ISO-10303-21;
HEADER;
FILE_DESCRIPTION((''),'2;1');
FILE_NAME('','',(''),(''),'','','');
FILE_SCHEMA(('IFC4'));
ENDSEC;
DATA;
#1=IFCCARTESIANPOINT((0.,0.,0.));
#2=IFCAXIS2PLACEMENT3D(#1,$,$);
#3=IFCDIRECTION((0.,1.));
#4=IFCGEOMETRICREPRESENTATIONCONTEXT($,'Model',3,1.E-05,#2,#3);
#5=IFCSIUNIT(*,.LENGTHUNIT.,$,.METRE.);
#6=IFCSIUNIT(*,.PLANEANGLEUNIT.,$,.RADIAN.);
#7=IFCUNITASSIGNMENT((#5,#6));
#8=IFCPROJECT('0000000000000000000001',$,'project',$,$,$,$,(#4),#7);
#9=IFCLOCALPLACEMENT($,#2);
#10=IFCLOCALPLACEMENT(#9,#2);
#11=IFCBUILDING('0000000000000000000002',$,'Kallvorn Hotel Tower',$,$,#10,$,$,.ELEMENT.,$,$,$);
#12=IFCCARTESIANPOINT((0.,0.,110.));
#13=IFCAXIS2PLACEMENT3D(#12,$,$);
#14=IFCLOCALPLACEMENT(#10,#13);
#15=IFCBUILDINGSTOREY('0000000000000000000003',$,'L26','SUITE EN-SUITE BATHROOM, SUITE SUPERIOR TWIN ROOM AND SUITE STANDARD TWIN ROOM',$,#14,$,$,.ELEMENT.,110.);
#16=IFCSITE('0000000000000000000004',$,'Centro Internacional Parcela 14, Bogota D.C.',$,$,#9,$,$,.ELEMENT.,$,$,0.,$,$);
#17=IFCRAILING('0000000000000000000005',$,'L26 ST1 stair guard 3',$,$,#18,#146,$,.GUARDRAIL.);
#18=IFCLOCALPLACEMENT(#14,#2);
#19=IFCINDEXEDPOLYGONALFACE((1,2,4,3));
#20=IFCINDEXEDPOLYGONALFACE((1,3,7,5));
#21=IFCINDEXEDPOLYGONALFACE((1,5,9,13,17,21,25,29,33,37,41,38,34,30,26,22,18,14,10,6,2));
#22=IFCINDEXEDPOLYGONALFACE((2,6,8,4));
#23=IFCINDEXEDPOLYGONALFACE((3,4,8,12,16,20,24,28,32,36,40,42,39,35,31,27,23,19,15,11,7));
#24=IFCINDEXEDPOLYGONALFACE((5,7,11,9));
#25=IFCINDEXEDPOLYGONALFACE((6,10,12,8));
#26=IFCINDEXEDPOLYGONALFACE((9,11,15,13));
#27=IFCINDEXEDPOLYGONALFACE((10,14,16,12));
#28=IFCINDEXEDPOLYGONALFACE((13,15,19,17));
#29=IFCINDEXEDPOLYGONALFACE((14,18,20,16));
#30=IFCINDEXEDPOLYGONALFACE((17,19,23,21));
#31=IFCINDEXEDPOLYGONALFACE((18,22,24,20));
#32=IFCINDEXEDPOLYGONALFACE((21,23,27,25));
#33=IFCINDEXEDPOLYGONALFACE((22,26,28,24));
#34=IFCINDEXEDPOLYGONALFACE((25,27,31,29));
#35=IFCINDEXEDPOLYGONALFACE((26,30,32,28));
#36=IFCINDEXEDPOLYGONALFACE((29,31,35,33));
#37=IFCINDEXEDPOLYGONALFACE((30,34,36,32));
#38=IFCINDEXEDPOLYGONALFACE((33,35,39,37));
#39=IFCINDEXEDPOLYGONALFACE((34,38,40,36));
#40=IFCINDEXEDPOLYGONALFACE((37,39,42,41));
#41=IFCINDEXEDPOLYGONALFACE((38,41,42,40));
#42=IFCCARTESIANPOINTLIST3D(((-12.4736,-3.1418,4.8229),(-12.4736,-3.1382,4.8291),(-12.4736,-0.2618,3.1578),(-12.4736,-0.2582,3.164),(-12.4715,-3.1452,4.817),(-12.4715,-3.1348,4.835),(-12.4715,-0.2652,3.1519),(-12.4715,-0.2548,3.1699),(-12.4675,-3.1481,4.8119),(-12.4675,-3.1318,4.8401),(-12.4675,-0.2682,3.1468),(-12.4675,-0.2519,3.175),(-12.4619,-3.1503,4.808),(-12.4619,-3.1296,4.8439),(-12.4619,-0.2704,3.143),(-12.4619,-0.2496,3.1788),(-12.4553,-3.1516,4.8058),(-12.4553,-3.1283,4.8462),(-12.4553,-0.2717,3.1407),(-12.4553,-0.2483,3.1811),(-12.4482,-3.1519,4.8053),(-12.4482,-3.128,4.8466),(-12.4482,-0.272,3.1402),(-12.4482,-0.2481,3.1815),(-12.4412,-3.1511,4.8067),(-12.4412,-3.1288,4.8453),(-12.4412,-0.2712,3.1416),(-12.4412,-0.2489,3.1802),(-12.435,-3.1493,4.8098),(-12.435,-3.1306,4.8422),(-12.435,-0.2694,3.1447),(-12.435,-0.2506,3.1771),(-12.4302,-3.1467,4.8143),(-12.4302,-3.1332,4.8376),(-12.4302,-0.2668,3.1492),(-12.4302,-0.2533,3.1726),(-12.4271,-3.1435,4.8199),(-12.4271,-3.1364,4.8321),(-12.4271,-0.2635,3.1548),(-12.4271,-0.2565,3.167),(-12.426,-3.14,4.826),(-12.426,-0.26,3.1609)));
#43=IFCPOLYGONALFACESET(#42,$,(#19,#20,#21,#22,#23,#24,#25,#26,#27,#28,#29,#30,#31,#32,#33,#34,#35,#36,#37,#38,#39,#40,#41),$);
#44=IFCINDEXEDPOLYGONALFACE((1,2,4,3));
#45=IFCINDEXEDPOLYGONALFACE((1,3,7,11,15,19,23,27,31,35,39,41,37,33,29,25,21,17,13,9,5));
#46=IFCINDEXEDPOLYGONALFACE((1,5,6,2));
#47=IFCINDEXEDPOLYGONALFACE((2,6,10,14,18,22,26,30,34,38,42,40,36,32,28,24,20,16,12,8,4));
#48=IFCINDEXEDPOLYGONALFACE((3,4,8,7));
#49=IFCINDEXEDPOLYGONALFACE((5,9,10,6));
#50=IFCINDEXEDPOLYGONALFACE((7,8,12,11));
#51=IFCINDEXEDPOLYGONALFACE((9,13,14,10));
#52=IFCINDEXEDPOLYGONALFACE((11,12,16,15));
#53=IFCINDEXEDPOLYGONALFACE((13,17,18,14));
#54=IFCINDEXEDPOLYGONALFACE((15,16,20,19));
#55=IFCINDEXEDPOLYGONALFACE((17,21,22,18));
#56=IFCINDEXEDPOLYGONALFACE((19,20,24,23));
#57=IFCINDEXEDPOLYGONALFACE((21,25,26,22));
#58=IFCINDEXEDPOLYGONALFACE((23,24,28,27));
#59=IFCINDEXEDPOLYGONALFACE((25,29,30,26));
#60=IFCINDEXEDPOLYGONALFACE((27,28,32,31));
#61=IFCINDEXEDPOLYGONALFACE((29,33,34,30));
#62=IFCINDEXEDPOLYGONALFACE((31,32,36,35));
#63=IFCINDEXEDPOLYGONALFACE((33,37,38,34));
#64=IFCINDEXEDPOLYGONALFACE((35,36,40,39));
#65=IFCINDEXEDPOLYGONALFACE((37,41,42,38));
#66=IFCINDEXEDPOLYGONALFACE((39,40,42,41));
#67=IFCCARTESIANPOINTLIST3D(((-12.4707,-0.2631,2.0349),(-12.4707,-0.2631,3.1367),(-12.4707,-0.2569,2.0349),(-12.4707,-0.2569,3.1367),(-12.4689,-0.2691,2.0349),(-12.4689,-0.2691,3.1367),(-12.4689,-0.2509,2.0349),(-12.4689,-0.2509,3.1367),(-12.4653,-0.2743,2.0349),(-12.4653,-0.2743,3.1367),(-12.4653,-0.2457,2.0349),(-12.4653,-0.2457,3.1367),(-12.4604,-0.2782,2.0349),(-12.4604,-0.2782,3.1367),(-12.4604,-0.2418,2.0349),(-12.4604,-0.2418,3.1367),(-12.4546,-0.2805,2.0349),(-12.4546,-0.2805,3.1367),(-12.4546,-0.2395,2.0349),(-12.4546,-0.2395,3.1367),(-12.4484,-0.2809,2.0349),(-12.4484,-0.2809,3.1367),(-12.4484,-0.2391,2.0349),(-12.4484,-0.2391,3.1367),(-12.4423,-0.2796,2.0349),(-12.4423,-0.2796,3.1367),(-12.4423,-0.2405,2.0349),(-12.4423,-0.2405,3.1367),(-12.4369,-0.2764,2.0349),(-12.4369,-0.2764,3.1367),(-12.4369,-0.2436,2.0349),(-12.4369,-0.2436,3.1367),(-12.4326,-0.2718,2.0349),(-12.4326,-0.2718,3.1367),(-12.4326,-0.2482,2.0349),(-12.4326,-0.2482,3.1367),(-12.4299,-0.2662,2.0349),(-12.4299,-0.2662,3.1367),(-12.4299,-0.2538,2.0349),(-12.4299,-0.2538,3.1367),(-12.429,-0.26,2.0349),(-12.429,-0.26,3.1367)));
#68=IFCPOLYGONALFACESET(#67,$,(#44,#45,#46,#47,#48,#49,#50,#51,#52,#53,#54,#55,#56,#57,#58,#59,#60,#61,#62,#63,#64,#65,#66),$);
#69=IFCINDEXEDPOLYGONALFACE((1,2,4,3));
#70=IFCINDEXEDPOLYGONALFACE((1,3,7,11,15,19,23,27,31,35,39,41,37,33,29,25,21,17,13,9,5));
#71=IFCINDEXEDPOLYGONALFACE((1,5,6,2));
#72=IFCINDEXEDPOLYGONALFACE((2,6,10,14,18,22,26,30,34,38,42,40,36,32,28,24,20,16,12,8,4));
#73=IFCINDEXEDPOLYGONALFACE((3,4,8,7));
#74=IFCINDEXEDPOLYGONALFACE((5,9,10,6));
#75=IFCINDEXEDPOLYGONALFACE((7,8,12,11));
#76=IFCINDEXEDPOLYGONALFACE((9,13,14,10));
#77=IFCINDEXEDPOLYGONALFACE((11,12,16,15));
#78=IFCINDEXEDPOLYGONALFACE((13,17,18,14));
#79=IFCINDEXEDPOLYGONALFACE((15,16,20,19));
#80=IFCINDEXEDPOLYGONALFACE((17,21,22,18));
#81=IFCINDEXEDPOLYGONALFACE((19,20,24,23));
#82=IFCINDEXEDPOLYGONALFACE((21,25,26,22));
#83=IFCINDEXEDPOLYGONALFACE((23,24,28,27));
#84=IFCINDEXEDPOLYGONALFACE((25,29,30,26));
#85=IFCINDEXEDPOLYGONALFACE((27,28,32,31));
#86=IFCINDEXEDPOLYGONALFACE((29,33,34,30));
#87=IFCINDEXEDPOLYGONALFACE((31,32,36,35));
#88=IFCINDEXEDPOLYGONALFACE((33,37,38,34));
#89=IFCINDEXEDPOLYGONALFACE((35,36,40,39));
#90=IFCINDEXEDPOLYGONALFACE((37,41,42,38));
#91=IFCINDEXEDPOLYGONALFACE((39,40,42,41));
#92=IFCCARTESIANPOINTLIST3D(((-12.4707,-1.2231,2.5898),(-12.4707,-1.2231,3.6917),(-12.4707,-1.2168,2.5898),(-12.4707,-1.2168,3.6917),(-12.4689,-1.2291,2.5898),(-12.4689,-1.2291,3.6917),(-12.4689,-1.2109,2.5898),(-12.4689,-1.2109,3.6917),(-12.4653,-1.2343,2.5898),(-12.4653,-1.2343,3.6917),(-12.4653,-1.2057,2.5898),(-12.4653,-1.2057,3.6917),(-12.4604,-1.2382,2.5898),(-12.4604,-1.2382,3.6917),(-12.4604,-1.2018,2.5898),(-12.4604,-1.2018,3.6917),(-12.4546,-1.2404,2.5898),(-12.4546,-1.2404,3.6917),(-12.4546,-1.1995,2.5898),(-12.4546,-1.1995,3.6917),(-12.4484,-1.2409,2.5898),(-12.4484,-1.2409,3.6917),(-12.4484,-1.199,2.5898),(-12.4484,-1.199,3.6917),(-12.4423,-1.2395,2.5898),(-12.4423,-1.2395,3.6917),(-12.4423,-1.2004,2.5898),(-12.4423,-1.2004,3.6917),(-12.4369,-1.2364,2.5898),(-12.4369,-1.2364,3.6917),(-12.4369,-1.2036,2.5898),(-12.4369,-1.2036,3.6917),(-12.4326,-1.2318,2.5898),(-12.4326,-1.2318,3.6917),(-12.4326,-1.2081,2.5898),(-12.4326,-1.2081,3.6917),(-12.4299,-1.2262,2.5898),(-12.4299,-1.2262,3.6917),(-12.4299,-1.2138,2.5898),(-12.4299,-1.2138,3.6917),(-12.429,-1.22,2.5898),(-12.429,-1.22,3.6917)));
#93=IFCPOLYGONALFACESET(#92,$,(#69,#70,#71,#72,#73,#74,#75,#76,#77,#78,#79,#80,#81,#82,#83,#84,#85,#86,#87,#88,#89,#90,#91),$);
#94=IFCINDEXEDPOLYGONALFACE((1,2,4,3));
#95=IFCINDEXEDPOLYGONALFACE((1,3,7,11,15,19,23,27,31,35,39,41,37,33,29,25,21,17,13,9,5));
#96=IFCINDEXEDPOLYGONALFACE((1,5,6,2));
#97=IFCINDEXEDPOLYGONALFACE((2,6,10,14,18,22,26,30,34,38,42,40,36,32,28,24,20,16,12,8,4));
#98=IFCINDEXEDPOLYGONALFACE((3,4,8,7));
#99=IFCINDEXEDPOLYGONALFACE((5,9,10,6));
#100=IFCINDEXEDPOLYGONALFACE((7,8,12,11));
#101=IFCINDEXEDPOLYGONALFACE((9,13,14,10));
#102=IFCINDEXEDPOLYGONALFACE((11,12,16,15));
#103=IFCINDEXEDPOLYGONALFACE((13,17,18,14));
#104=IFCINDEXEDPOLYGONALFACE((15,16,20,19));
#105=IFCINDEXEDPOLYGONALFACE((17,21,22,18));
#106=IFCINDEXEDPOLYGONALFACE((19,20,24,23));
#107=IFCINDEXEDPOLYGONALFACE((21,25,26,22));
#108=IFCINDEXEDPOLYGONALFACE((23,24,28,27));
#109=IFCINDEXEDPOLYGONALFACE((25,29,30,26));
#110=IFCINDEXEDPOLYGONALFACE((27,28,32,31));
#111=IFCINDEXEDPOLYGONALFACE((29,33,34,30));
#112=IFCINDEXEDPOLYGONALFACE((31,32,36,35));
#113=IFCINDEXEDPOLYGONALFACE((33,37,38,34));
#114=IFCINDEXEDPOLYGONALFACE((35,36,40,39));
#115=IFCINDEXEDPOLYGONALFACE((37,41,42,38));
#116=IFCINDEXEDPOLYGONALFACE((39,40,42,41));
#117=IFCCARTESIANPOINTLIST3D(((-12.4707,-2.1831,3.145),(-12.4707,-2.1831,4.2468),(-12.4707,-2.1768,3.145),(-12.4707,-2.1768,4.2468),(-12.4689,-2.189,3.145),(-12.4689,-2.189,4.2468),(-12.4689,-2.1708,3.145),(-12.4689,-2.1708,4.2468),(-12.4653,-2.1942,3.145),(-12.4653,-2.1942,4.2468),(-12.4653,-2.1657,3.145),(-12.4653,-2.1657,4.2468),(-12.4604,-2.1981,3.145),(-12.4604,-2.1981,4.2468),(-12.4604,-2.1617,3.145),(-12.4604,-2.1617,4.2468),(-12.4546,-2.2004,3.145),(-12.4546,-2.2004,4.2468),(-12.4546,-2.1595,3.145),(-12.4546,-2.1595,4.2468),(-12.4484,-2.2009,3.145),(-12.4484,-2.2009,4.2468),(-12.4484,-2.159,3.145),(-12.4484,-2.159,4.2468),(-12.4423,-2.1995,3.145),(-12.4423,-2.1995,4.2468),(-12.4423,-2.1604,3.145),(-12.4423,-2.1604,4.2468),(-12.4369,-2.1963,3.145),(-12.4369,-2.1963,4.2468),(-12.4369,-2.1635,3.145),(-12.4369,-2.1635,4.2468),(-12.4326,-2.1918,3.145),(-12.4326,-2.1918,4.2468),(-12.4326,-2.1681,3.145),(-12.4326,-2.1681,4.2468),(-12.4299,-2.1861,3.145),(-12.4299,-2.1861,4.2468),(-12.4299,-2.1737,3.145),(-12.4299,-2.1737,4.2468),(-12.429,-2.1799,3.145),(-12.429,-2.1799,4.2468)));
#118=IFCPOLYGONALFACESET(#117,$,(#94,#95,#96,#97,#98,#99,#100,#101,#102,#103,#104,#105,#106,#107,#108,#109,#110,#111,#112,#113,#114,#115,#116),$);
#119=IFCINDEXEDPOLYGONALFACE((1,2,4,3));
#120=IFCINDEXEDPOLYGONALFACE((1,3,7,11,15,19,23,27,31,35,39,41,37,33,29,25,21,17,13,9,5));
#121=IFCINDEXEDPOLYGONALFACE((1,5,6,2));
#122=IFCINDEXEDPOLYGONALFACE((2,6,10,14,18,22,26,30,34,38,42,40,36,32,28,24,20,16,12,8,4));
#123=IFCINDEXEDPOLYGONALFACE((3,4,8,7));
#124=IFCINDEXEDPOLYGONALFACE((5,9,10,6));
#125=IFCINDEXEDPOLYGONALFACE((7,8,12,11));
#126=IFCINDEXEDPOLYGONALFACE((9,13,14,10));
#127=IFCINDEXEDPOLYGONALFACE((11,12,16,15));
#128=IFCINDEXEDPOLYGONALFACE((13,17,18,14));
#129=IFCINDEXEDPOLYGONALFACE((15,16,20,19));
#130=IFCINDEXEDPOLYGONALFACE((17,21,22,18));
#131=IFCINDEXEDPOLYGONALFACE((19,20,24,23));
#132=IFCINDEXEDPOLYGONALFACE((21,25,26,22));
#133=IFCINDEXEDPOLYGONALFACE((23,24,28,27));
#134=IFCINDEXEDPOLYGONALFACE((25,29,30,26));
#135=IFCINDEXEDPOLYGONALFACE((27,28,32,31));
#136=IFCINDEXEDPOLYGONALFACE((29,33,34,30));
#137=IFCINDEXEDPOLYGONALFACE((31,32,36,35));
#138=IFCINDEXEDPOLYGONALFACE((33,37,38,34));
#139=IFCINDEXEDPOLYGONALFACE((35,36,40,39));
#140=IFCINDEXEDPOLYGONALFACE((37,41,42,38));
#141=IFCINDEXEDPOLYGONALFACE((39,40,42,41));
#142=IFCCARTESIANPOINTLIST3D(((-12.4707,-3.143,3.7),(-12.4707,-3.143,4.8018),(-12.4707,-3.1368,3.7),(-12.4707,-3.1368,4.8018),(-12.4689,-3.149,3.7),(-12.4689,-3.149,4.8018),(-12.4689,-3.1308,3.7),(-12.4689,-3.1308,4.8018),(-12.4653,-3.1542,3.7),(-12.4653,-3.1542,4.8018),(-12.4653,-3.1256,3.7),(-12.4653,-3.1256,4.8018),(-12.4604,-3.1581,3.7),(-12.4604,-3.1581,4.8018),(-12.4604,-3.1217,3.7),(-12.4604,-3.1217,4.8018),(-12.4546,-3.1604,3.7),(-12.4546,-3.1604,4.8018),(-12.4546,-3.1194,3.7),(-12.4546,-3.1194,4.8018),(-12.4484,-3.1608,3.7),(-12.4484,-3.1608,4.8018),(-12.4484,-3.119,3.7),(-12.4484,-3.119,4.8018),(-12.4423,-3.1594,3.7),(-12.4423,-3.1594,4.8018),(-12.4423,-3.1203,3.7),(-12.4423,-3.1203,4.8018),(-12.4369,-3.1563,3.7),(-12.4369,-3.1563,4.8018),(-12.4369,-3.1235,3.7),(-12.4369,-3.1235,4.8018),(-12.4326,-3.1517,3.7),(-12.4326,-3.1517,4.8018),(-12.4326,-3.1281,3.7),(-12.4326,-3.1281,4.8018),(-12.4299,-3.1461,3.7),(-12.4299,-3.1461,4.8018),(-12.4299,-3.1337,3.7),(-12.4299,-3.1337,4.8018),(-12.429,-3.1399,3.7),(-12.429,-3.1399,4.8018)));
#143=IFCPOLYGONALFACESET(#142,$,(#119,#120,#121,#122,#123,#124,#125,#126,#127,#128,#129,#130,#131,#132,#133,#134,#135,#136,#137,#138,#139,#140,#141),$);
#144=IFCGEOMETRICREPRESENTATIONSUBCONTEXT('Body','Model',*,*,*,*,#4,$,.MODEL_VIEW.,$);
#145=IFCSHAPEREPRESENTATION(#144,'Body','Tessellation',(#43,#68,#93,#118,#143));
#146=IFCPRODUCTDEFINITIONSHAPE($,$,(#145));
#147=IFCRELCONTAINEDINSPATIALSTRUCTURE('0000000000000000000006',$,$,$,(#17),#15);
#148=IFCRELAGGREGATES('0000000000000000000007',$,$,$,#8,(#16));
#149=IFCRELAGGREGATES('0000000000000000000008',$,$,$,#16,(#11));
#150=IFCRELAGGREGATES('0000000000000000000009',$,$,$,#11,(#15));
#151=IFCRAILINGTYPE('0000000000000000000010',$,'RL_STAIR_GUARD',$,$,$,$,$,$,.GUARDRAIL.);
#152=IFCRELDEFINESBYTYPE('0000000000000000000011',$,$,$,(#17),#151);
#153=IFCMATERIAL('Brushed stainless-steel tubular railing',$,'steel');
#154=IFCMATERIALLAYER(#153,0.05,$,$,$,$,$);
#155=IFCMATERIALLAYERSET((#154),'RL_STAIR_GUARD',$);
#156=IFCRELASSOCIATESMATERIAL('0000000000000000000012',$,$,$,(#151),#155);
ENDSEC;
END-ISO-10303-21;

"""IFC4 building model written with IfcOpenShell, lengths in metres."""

from ifc_helpers import new_model, si_unit, direction, frame, origin, origin_2d, place, context, subcontext, project, spatial, circle, extrude, material, layer, layer_set, type_object, element, save


model = new_model("IFC4")

# Units and contexts
model_context = context("Model", 3, precision=1e-05, world=origin(), true_north=direction((0.0, 1.0)))
body_context = subcontext(model_context, "Body", "Model", "MODEL_VIEW")
ifc_project = project(units=[si_unit("LENGTHUNIT", "METRE"), si_unit("PLANEANGLEUNIT", "RADIAN")], contexts=[model_context])

# Site, building, storey
site_placement = place(None, origin())
site = spatial("IfcSite", under=ifc_project, at=site_placement, Name="Centro Internacional Parcela 14, Bogota D.C.", CompositionType="ELEMENT", RefElevation=0.0)
building_placement = place(site_placement, origin())
building = spatial("IfcBuilding", under=site, at=building_placement, Name="Kallvorn Hotel Tower", CompositionType="ELEMENT")
storey_placement = place(building_placement, frame((0.0, 0.0, 110.0)))
storey = spatial("IfcBuildingStorey", under=building, at=storey_placement, Name="L26", Description="SUITE EN-SUITE BATHROOM, SUITE SUPERIOR TWIN ROOM AND SUITE STANDARD TWIN ROOM", CompositionType="ELEMENT", Elevation=110.0)

# Railing
ifc_material_1 = material(Name="Brushed stainless-steel tubular railing", Category="steel")
ifc_layer_1 = layer(ifc_material_1, 0.05)
ifc_layer_set_1 = layer_set([ifc_layer_1], Name="RL_STAIR_GUARD")
railing_type_1 = type_object("IfcRailingType", Name="RL_STAIR_GUARD", PredefinedType="GUARDRAIL", material=ifc_layer_set_1)
railing_1_placement = place(storey_placement, frame((-12.45, -0.26, 2.0349)))
element("IfcRailing", 1, at=railing_1_placement, inside=storey, type_object=railing_type_1, Name="L26 ST1 stair guard 3", PredefinedType="GUARDRAIL", context=body_context, shape_type="SweptSolid", body=[
    extrude(circle(Radius=0.0239, at=origin_2d()), frame((0.0, 0.0, 1.126), z_axis=(0.0, -0.865721, 0.500527), x_axis=(1.0, 0.0, 0.0)), (0.0, 0.0, 1.0), 3.3267),
    extrude(circle(Radius=0.021, at=origin_2d()), origin(), (0.0, 0.0, 1.0), 1.1018),
    extrude(circle(Radius=0.021, at=origin_2d()), frame((0.0, -0.96, 0.5549)), (0.0, 0.0, 1.0), 1.1018),
    extrude(circle(Radius=0.021, at=origin_2d()), frame((0.0, -1.9199, 1.1101)), (0.0, 0.0, 1.0), 1.1018),
    extrude(circle(Radius=0.021, at=origin_2d()), frame((0.0, -2.8799, 1.665)), (0.0, 0.0, 1.0), 1.1018),
])

save(model, "model.ifc")
